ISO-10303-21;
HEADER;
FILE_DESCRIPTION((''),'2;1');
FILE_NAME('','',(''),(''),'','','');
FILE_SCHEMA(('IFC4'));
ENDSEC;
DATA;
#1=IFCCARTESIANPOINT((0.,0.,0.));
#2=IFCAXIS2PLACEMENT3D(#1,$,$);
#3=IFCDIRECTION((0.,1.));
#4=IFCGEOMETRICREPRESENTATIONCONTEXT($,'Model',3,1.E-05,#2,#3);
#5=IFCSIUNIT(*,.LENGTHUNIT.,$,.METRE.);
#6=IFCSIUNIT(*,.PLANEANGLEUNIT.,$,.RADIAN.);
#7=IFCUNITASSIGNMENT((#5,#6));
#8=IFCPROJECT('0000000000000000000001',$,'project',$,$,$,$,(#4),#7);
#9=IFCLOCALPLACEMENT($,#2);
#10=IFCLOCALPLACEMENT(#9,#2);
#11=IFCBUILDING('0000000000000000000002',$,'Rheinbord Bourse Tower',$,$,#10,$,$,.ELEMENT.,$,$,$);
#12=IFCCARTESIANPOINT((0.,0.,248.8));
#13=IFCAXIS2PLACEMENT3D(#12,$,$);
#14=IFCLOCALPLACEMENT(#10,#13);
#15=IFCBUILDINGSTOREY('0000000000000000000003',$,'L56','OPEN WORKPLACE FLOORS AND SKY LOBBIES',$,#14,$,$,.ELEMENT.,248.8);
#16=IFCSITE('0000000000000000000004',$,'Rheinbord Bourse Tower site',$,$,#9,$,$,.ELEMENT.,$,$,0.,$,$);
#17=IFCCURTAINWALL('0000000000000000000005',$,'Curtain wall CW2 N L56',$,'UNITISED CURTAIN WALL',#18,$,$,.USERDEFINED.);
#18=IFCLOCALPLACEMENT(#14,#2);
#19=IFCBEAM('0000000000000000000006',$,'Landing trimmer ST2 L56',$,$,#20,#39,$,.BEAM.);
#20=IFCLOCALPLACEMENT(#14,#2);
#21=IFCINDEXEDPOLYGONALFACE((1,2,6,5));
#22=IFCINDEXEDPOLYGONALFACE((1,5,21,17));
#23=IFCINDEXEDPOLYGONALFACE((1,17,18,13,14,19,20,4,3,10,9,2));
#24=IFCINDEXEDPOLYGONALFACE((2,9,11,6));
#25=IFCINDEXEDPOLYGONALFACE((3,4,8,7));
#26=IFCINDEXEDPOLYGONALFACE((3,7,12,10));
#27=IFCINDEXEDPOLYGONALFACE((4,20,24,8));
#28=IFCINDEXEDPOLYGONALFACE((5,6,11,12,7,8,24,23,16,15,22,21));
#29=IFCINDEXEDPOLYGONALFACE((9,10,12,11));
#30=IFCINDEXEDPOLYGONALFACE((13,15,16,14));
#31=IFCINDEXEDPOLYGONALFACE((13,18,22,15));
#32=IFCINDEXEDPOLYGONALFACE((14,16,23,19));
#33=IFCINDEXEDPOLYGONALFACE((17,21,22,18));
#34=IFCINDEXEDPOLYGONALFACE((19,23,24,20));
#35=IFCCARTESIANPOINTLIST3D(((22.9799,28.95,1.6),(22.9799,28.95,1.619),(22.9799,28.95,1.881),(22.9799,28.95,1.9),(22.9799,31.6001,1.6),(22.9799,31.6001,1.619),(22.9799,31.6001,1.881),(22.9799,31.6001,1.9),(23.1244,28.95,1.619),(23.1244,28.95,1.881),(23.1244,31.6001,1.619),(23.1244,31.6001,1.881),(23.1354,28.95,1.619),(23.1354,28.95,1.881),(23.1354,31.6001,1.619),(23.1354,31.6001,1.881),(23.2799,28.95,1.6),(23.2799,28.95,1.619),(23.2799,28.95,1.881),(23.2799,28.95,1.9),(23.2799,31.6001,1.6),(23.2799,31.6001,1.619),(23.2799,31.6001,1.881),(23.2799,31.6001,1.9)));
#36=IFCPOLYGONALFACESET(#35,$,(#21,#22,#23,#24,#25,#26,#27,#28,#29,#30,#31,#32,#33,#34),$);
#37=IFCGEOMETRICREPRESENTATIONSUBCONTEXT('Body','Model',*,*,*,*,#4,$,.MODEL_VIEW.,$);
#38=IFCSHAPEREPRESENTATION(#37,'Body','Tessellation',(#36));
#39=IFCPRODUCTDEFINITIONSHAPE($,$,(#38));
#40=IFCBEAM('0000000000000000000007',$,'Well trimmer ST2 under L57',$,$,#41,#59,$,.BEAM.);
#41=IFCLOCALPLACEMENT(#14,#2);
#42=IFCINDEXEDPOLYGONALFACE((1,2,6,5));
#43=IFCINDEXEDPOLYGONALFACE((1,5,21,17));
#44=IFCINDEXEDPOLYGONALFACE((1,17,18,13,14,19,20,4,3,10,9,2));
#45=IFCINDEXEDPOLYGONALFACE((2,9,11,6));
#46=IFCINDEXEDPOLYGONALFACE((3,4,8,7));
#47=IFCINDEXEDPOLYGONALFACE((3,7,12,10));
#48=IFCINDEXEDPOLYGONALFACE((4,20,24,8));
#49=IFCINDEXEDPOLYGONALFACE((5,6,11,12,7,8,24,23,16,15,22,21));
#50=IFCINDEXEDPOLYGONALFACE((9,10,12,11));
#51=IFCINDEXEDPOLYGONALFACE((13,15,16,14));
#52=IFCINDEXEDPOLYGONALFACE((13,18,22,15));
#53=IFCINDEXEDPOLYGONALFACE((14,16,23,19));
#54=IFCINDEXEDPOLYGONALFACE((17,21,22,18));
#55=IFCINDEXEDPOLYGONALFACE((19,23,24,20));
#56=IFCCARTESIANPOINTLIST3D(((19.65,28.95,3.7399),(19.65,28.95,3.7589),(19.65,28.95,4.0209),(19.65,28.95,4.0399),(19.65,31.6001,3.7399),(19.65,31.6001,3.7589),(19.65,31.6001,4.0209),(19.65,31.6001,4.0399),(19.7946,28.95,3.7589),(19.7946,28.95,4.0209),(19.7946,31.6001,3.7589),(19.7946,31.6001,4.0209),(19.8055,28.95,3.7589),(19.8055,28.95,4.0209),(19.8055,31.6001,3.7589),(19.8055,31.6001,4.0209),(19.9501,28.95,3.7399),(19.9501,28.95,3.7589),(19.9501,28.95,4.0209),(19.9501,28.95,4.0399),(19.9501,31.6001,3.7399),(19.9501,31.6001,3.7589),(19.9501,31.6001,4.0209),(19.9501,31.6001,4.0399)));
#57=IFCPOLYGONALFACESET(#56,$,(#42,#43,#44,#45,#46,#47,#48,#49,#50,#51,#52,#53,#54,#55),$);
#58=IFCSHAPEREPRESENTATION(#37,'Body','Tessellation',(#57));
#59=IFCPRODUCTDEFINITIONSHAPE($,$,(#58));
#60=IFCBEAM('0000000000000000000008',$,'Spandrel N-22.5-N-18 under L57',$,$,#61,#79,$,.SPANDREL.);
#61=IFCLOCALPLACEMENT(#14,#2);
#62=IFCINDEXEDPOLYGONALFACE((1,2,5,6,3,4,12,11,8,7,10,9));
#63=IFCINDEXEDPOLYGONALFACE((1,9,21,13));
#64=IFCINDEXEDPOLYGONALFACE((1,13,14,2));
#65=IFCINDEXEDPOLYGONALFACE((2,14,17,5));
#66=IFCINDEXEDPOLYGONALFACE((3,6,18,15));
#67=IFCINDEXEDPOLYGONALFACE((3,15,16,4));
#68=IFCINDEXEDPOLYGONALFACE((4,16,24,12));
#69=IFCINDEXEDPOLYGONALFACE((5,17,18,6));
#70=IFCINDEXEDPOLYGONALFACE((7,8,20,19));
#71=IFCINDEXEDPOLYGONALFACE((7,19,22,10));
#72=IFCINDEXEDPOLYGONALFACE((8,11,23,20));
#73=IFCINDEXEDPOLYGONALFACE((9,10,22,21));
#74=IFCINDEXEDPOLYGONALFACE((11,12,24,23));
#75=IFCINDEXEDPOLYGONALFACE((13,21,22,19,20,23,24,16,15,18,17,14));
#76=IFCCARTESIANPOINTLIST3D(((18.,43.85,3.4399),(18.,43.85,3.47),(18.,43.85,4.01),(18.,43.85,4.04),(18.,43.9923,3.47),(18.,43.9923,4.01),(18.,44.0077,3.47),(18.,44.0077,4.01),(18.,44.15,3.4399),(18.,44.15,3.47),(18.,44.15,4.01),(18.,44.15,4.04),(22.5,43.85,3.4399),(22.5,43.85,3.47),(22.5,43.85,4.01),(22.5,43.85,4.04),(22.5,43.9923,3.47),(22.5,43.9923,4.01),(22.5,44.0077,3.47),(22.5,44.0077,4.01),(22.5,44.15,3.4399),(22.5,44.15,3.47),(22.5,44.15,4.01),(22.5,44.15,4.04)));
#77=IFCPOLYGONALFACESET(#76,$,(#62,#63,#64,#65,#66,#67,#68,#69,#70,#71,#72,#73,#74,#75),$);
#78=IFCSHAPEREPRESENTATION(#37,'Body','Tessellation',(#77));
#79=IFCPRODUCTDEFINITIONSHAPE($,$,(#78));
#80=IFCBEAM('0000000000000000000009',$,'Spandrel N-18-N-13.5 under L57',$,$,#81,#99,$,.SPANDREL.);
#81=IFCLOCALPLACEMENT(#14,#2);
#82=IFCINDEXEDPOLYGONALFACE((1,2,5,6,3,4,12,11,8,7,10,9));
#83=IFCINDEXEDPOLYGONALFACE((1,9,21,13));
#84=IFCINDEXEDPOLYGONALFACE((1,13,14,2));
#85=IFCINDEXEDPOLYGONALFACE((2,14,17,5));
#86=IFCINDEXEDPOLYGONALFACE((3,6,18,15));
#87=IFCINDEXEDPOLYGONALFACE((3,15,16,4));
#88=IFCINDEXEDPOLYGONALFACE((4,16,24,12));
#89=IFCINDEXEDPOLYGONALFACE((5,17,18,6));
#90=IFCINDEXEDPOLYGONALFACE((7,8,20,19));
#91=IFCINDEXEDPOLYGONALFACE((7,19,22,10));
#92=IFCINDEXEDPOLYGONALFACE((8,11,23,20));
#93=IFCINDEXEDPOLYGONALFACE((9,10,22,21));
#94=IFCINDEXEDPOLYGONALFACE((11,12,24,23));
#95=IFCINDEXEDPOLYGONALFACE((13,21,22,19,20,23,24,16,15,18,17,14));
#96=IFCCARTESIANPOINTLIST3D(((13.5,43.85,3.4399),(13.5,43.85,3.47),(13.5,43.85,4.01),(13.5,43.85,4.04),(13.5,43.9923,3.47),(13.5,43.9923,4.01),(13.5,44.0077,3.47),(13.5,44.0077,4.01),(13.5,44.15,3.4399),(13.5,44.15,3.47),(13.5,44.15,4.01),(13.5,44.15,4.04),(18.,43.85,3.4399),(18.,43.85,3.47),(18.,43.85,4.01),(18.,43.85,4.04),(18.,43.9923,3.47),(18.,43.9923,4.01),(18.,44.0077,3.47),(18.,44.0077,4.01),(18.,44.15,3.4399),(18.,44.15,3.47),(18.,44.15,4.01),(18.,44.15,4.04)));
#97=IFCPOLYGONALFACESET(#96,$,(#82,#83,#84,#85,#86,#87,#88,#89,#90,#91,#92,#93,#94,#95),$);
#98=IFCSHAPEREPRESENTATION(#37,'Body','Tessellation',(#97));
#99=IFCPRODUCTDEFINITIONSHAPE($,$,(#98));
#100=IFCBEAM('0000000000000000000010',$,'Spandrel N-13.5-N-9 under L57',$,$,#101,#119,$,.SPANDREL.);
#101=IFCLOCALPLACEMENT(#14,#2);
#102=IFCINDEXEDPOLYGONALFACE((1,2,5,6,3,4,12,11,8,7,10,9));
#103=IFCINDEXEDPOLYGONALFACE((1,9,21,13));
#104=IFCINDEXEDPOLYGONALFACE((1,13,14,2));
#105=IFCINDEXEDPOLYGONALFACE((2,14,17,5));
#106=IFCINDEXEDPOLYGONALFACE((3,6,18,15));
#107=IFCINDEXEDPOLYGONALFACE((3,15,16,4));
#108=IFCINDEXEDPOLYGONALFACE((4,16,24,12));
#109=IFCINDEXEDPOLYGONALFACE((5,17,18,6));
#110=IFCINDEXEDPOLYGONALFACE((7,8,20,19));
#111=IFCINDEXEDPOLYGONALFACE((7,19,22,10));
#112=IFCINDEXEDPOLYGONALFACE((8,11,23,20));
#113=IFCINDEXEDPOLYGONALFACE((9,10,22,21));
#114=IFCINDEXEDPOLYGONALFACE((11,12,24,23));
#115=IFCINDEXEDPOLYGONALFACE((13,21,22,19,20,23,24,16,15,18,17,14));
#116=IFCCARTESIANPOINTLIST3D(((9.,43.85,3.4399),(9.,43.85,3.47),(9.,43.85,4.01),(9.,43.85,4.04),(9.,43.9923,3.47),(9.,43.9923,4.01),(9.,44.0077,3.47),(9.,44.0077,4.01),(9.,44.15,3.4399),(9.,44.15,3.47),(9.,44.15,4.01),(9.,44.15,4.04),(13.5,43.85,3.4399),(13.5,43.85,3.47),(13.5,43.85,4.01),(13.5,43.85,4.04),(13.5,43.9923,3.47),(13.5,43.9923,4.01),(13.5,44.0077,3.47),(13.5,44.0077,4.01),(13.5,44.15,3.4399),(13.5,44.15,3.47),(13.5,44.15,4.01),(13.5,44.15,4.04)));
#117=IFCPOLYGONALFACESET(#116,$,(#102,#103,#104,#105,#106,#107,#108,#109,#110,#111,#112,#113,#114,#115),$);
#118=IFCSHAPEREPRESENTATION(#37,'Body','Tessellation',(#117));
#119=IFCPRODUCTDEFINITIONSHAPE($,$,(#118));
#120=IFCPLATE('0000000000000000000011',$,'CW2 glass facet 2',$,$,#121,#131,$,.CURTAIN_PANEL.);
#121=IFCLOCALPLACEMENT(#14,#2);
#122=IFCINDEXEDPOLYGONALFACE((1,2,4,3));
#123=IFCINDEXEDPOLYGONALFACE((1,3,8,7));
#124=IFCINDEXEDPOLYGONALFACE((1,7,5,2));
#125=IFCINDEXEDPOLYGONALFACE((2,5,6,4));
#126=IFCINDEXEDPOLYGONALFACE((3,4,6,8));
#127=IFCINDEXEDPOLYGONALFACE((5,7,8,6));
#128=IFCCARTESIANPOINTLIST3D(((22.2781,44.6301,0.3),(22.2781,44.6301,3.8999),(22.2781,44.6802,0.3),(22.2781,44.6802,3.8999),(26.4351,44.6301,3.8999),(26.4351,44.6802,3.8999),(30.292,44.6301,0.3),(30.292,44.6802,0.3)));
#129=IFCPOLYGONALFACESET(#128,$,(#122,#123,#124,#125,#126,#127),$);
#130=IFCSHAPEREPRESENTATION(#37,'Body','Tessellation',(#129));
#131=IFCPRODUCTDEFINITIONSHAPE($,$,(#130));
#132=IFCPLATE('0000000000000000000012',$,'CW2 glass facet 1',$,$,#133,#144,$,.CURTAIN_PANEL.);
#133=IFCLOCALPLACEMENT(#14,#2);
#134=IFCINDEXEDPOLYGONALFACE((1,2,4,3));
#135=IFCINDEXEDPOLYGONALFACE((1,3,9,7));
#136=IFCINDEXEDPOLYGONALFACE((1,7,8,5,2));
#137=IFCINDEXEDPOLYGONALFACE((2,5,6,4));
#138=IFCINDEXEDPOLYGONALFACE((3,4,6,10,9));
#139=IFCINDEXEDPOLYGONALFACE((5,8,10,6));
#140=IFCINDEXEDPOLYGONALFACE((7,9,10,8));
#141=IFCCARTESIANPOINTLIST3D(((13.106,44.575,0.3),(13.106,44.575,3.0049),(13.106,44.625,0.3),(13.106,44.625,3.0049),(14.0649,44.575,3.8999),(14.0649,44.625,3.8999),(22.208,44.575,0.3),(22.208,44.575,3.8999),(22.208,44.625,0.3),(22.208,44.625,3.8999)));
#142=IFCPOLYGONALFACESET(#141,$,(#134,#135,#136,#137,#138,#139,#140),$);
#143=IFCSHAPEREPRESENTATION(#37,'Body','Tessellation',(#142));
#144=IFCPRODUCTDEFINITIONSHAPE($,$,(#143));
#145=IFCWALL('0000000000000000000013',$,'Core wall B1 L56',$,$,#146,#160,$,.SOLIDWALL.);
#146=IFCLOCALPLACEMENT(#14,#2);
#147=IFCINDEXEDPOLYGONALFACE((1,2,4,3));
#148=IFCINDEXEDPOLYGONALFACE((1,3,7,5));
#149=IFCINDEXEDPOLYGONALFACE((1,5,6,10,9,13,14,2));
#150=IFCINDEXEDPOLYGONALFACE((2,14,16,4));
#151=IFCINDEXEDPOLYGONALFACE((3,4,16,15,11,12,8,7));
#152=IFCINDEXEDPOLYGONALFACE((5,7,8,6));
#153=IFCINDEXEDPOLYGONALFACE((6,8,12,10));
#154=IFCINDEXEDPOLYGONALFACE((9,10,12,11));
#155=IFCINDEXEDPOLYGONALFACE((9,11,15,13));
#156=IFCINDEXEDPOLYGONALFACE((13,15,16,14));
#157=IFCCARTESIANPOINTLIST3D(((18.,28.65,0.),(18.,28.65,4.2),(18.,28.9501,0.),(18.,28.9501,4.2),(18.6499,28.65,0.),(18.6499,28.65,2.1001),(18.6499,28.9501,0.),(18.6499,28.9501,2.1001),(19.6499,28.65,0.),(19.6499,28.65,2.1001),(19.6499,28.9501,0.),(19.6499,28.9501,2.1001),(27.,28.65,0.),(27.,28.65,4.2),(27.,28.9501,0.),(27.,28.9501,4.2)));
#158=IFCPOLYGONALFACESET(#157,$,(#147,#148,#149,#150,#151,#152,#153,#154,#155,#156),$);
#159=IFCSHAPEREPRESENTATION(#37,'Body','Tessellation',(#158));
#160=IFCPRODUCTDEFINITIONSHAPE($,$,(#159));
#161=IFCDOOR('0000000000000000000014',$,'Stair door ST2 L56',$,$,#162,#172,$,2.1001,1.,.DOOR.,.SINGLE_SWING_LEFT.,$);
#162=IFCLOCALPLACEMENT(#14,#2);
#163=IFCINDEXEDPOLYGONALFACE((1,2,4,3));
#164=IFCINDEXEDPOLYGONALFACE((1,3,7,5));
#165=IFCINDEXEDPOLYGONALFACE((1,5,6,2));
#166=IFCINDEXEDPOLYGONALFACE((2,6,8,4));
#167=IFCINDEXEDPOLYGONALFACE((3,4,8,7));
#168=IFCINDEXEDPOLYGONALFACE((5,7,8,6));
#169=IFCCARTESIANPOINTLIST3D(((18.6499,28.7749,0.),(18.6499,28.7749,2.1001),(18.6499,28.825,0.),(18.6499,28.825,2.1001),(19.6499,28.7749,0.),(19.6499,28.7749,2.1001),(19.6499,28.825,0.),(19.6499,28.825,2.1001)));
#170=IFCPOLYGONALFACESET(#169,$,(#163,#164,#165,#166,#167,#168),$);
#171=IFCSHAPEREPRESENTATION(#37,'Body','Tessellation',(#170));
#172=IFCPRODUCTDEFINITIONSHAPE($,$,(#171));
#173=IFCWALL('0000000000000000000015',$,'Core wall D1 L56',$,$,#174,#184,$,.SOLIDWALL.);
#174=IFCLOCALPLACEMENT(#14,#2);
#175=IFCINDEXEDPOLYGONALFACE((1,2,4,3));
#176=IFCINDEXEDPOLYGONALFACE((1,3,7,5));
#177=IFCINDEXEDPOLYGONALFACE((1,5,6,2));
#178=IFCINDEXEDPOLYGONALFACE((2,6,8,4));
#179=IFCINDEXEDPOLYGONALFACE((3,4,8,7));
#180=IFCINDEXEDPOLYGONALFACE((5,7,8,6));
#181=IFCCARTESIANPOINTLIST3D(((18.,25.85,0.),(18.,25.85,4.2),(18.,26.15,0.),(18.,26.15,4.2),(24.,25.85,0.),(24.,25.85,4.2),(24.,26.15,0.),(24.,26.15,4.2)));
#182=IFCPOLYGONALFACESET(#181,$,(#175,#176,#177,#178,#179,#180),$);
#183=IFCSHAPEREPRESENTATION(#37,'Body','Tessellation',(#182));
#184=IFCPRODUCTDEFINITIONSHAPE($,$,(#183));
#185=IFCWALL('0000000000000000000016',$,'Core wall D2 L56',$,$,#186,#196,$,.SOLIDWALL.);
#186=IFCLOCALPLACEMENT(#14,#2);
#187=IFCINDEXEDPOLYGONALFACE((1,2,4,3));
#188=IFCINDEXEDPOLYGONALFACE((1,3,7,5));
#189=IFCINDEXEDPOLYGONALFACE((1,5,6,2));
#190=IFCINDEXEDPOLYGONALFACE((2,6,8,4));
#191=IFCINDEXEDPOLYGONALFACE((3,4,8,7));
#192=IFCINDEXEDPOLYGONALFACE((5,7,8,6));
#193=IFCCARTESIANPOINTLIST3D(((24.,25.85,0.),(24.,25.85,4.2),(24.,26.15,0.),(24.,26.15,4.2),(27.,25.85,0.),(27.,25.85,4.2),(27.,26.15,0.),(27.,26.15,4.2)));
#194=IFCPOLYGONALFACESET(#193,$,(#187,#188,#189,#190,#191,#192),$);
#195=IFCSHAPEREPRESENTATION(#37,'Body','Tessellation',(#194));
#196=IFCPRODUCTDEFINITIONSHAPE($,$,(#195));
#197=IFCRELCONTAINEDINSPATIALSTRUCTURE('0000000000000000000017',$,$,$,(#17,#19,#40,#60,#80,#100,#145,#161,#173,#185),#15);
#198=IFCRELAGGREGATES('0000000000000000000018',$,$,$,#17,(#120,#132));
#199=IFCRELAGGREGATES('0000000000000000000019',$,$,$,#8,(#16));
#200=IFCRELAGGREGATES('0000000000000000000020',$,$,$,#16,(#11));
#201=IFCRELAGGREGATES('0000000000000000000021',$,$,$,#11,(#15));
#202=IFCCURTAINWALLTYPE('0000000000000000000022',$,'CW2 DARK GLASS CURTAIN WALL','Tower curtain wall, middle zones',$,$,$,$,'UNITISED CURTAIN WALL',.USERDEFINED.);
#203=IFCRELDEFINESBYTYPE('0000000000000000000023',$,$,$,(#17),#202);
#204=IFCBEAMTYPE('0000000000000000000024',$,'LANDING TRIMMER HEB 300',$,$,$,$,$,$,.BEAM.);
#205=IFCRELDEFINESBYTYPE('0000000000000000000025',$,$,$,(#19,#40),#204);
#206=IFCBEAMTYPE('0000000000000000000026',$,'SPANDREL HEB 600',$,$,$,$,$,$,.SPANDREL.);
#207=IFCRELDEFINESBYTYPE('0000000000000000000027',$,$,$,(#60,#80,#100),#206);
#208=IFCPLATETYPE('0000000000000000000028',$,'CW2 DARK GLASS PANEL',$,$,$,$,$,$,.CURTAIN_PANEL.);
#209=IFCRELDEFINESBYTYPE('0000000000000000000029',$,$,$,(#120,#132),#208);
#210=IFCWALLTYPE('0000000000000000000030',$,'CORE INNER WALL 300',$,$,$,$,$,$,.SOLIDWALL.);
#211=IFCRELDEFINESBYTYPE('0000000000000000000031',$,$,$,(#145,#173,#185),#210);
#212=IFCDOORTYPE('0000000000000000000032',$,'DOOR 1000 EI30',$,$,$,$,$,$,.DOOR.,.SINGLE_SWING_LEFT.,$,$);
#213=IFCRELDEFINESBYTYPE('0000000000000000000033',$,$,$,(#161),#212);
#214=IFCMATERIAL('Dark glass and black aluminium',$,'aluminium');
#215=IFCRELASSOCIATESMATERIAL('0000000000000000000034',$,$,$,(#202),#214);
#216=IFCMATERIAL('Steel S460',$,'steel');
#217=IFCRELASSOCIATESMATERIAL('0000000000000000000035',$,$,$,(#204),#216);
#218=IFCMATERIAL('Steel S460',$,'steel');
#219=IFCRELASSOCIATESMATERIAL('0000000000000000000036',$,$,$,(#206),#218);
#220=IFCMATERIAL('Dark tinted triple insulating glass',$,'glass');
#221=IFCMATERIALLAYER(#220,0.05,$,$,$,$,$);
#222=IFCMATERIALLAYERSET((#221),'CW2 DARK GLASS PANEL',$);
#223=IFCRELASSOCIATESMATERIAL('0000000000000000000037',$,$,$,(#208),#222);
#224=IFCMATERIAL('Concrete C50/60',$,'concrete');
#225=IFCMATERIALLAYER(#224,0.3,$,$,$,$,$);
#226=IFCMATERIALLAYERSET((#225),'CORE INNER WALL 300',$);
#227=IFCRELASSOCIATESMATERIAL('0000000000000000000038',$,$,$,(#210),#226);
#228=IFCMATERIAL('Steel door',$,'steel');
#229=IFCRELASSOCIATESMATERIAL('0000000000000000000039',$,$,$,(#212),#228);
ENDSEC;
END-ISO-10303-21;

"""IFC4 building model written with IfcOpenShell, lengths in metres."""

from ifc_helpers import new_model, si_unit, direction, frame, frame_2d, origin, origin_2d, place, context, subcontext, project, spatial, polyline, rectangle, i_section, outline, extrude, material, layer, layer_set, material_profile, profile_set, type_object, element, fill, aggregate, save


model = new_model("IFC4")

# Units and contexts
model_context = context("Model", 3, precision=1e-05, world=origin(), true_north=direction((0.0, 1.0)))
body_context = subcontext(model_context, "Body", "Model", "MODEL_VIEW")
ifc_project = project(units=[si_unit("LENGTHUNIT", "METRE"), si_unit("PLANEANGLEUNIT", "RADIAN")], contexts=[model_context])

# Site, building, storey
site_placement = place(None, origin())
site = spatial("IfcSite", under=ifc_project, at=site_placement, Name="Rheinbord Bourse Tower site", CompositionType="ELEMENT", RefElevation=0.0)
building_placement = place(site_placement, origin())
building = spatial("IfcBuilding", under=site, at=building_placement, Name="Rheinbord Bourse Tower", CompositionType="ELEMENT")
storey_placement = place(building_placement, frame((0.0, 0.0, 248.8)))
storey = spatial("IfcBuildingStorey", under=building, at=storey_placement, Name="L56", Description="OPEN WORKPLACE FLOORS AND SKY LOBBIES", CompositionType="ELEMENT", Elevation=248.8)

# Curtain wall
ifc_material_1 = material(Name="Dark glass and black aluminium", Category="aluminium")
curtain_wall_type = type_object("IfcCurtainWallType", Name="CW2 DARK GLASS CURTAIN WALL", Description="Tower curtain wall, middle zones", ElementType="UNITISED CURTAIN WALL", PredefinedType="USERDEFINED", material=ifc_material_1)
curtain_wall_placement = place(storey_placement, origin())
curtain_wall = element("IfcCurtainWall", 1, at=curtain_wall_placement, inside=storey, type_object=curtain_wall_type, Name="Curtain wall CW2 N L56", ObjectType="UNITISED CURTAIN WALL", PredefinedType="USERDEFINED")

# Beams
ifc_material_2 = material(Name="Steel S460", Category="steel")
ifc_material_profile_1 = material_profile(ifc_material_2, i_section(OverallWidth=0.3, OverallDepth=0.3, WebThickness=0.011, FlangeThickness=0.019, at=origin_2d()), Name="HEB 300")
ifc_profile_set_1 = profile_set([ifc_material_profile_1], Name="Steel S460")
beam_type_1 = type_object("IfcBeamType", Name="LANDING TRIMMER HEB 300", PredefinedType="BEAM", material=ifc_profile_set_1)
for number, where, z_axis, x_axis, name in (
    (2, (23.1299, 28.95, 1.75), (0.0, 1.0, 0.0), (-1.0, 0.0, 0.0), "Landing trimmer ST2 L56"),
    (3, (19.8, 28.95, 3.8899), (0.0, 1.0, 0.0), (-1.0, 0.0, 0.0), "Well trimmer ST2 under L57"),
):
    element("IfcBeam", number, at=place(storey_placement, frame(where, z_axis=z_axis, x_axis=x_axis)), inside=storey, type_object=beam_type_1, Name=name, PredefinedType="BEAM", context=body_context, shape_type="SweptSolid", body=[
        extrude(i_section(OverallWidth=0.3, OverallDepth=0.3, WebThickness=0.011, FlangeThickness=0.019, at=origin_2d()), origin(), (0.0, 0.0, 1.0), 2.6501),
    ])
ifc_material_3 = material(Name="Steel S460", Category="steel")
ifc_material_profile_2 = material_profile(ifc_material_3, i_section(OverallWidth=0.3, OverallDepth=0.6001, WebThickness=0.0154, FlangeThickness=0.03, at=origin_2d()), Name="HEB 600")
ifc_profile_set_2 = profile_set([ifc_material_profile_2], Name="Steel S460")
beam_type_2 = type_object("IfcBeamType", Name="SPANDREL HEB 600", PredefinedType="SPANDREL", material=ifc_profile_set_2)
for number, where, z_axis, x_axis, name in (
    (4, (22.5, 44.0, 3.74), (-1.0, 0.0, 0.0), (0.0, -1.0, 0.0), "Spandrel N-22.5-N-18 under L57"),
    (5, (18.0, 44.0, 3.74), (-1.0, 0.0, 0.0), (0.0, -1.0, 0.0), "Spandrel N-18-N-13.5 under L57"),
    (6, (13.5, 44.0, 3.74), (-1.0, 0.0, 0.0), (0.0, -1.0, 0.0), "Spandrel N-13.5-N-9 under L57"),
):
    element("IfcBeam", number, at=place(storey_placement, frame(where, z_axis=z_axis, x_axis=x_axis)), inside=storey, type_object=beam_type_2, Name=name, PredefinedType="SPANDREL", context=body_context, shape_type="SweptSolid", body=[
        extrude(i_section(OverallWidth=0.3, OverallDepth=0.6001, WebThickness=0.0154, FlangeThickness=0.03, at=origin_2d()), origin(), (0.0, 0.0, 1.0), 4.5),
    ])

# Plates
ifc_material_4 = material(Name="Dark tinted triple insulating glass", Category="glass")
ifc_layer_1 = layer(ifc_material_4, 0.05)
ifc_layer_set_1 = layer_set([ifc_layer_1], Name="CW2 DARK GLASS PANEL")
plate_type = type_object("IfcPlateType", Name="CW2 DARK GLASS PANEL", PredefinedType="CURTAIN_PANEL", material=ifc_layer_set_1)
plate_1_placement = place(storey_placement, frame((22.2781, 44.6802, 3.8999), z_axis=(0.0, -1.0, 0.0), x_axis=(0.0, 0.0, -1.0)))
plate_1 = element("IfcPlate", 7, at=plate_1_placement, type_object=plate_type, Name="CW2 glass facet 2", PredefinedType="CURTAIN_PANEL", context=body_context, shape_type="SweptSolid", body=[
    extrude(outline(polyline([(0.0, 0.0), (3.5999, 0.0), (3.5999, 8.0139), (0.0, 4.157), (0.0, 0.0)])), origin(), (0.0, 0.0, 1.0), 0.05),
])
plate_2_placement = place(storey_placement, frame((13.106, 44.625, 0.3), z_axis=(0.0, -1.0, 0.0), x_axis=(1.0, 0.0, 0.0)))
plate_2 = element("IfcPlate", 8, at=plate_2_placement, type_object=plate_type, Name="CW2 glass facet 1", PredefinedType="CURTAIN_PANEL", context=body_context, shape_type="SweptSolid", body=[
    extrude(outline(polyline([(0.0, 0.0), (9.1021, 0.0), (9.1021, 3.5999), (0.959, 3.5999), (0.0, 2.7048), (0.0, 0.0)])), origin(), (0.0, 0.0, 1.0), 0.05),
])
aggregate(curtain_wall, [plate_1, plate_2])

# Wall, opening, door
ifc_material_5 = material(Name="Concrete C50/60", Category="concrete")
ifc_layer_2 = layer(ifc_material_5, 0.3)
ifc_layer_set_2 = layer_set([ifc_layer_2], Name="CORE INNER WALL 300")
wall_type_1 = type_object("IfcWallType", Name="CORE INNER WALL 300", PredefinedType="SOLIDWALL", material=ifc_layer_set_2)
wall_1_placement = place(storey_placement, frame((18.0, 28.8, 0.0), z_axis=(0.0, 0.0, 1.0), x_axis=(1.0, 0.0, 0.0)))
wall_1 = element("IfcWall", 9, at=wall_1_placement, inside=storey, type_object=wall_type_1, Name="Core wall B1 L56", PredefinedType="SOLIDWALL", context=body_context, shape_type="SweptSolid", body=[
    extrude(rectangle(XDim=9.0, YDim=0.3, at=frame_2d((4.5, 0.0))), origin(), (0.0, 0.0, 1.0), 4.2),
])
opening_1_placement = place(wall_1_placement, frame((0.6499, 0.0, 0.0)))
opening_1 = element("IfcOpeningElement", 10, at=opening_1_placement, cuts=wall_1, PredefinedType="OPENING", context=body_context, shape_type="SweptSolid", body=[
    extrude(rectangle(XDim=1.0, YDim=2.1001, at=frame_2d((0.5, 1.05))), frame((0.0, 0.1599, 0.0), z_axis=(0.0, -1.0, 0.0), x_axis=(1.0, 0.0, 0.0)), (0.0, 0.0, 1.0), 0.3201),
])
ifc_material_6 = material(Name="Steel door", Category="steel")
door_type_1 = type_object("IfcDoorType", Name="DOOR 1000 EI30", OperationType="SINGLE_SWING_LEFT", PredefinedType="DOOR", material=ifc_material_6)
door_1_placement = place(opening_1_placement, origin())
door_1 = element("IfcDoor", 11, at=door_1_placement, inside=storey, type_object=door_type_1, Name="Stair door ST2 L56", OperationType="SINGLE_SWING_LEFT", OverallHeight=2.1001, OverallWidth=1.0, PredefinedType="DOOR", context=body_context, shape_type="SweptSolid", body=[
    extrude(rectangle(XDim=1.0, YDim=2.1001, at=frame_2d((0.5, 1.05))), frame((0.0, 0.0249, 0.0), z_axis=(0.0, -1.0, 0.0), x_axis=(1.0, 0.0, 0.0)), (0.0, 0.0, 1.0), 0.05),
])
fill(opening_1, door_1)

# Walls
wall_2_placement = place(storey_placement, frame((18.0, 26.0, 0.0), z_axis=(0.0, 0.0, 1.0), x_axis=(1.0, 0.0, 0.0)))
element("IfcWall", 12, at=wall_2_placement, inside=storey, type_object=wall_type_1, Name="Core wall D1 L56", PredefinedType="SOLIDWALL", context=body_context, shape_type="SweptSolid", body=[
    extrude(rectangle(XDim=6.0, YDim=0.3, at=frame_2d((3.0, 0.0))), origin(), (0.0, 0.0, 1.0), 4.2),
])
wall_3_placement = place(storey_placement, frame((24.0, 26.0, 0.0), z_axis=(0.0, 0.0, 1.0), x_axis=(1.0, 0.0, 0.0)))
element("IfcWall", 13, at=wall_3_placement, inside=storey, type_object=wall_type_1, Name="Core wall D2 L56", PredefinedType="SOLIDWALL", context=body_context, shape_type="SweptSolid", body=[
    extrude(rectangle(XDim=3.0, YDim=0.3, at=frame_2d((1.5, 0.0))), origin(), (0.0, 0.0, 1.0), 4.2),
])

save(model, "model.ifc")
